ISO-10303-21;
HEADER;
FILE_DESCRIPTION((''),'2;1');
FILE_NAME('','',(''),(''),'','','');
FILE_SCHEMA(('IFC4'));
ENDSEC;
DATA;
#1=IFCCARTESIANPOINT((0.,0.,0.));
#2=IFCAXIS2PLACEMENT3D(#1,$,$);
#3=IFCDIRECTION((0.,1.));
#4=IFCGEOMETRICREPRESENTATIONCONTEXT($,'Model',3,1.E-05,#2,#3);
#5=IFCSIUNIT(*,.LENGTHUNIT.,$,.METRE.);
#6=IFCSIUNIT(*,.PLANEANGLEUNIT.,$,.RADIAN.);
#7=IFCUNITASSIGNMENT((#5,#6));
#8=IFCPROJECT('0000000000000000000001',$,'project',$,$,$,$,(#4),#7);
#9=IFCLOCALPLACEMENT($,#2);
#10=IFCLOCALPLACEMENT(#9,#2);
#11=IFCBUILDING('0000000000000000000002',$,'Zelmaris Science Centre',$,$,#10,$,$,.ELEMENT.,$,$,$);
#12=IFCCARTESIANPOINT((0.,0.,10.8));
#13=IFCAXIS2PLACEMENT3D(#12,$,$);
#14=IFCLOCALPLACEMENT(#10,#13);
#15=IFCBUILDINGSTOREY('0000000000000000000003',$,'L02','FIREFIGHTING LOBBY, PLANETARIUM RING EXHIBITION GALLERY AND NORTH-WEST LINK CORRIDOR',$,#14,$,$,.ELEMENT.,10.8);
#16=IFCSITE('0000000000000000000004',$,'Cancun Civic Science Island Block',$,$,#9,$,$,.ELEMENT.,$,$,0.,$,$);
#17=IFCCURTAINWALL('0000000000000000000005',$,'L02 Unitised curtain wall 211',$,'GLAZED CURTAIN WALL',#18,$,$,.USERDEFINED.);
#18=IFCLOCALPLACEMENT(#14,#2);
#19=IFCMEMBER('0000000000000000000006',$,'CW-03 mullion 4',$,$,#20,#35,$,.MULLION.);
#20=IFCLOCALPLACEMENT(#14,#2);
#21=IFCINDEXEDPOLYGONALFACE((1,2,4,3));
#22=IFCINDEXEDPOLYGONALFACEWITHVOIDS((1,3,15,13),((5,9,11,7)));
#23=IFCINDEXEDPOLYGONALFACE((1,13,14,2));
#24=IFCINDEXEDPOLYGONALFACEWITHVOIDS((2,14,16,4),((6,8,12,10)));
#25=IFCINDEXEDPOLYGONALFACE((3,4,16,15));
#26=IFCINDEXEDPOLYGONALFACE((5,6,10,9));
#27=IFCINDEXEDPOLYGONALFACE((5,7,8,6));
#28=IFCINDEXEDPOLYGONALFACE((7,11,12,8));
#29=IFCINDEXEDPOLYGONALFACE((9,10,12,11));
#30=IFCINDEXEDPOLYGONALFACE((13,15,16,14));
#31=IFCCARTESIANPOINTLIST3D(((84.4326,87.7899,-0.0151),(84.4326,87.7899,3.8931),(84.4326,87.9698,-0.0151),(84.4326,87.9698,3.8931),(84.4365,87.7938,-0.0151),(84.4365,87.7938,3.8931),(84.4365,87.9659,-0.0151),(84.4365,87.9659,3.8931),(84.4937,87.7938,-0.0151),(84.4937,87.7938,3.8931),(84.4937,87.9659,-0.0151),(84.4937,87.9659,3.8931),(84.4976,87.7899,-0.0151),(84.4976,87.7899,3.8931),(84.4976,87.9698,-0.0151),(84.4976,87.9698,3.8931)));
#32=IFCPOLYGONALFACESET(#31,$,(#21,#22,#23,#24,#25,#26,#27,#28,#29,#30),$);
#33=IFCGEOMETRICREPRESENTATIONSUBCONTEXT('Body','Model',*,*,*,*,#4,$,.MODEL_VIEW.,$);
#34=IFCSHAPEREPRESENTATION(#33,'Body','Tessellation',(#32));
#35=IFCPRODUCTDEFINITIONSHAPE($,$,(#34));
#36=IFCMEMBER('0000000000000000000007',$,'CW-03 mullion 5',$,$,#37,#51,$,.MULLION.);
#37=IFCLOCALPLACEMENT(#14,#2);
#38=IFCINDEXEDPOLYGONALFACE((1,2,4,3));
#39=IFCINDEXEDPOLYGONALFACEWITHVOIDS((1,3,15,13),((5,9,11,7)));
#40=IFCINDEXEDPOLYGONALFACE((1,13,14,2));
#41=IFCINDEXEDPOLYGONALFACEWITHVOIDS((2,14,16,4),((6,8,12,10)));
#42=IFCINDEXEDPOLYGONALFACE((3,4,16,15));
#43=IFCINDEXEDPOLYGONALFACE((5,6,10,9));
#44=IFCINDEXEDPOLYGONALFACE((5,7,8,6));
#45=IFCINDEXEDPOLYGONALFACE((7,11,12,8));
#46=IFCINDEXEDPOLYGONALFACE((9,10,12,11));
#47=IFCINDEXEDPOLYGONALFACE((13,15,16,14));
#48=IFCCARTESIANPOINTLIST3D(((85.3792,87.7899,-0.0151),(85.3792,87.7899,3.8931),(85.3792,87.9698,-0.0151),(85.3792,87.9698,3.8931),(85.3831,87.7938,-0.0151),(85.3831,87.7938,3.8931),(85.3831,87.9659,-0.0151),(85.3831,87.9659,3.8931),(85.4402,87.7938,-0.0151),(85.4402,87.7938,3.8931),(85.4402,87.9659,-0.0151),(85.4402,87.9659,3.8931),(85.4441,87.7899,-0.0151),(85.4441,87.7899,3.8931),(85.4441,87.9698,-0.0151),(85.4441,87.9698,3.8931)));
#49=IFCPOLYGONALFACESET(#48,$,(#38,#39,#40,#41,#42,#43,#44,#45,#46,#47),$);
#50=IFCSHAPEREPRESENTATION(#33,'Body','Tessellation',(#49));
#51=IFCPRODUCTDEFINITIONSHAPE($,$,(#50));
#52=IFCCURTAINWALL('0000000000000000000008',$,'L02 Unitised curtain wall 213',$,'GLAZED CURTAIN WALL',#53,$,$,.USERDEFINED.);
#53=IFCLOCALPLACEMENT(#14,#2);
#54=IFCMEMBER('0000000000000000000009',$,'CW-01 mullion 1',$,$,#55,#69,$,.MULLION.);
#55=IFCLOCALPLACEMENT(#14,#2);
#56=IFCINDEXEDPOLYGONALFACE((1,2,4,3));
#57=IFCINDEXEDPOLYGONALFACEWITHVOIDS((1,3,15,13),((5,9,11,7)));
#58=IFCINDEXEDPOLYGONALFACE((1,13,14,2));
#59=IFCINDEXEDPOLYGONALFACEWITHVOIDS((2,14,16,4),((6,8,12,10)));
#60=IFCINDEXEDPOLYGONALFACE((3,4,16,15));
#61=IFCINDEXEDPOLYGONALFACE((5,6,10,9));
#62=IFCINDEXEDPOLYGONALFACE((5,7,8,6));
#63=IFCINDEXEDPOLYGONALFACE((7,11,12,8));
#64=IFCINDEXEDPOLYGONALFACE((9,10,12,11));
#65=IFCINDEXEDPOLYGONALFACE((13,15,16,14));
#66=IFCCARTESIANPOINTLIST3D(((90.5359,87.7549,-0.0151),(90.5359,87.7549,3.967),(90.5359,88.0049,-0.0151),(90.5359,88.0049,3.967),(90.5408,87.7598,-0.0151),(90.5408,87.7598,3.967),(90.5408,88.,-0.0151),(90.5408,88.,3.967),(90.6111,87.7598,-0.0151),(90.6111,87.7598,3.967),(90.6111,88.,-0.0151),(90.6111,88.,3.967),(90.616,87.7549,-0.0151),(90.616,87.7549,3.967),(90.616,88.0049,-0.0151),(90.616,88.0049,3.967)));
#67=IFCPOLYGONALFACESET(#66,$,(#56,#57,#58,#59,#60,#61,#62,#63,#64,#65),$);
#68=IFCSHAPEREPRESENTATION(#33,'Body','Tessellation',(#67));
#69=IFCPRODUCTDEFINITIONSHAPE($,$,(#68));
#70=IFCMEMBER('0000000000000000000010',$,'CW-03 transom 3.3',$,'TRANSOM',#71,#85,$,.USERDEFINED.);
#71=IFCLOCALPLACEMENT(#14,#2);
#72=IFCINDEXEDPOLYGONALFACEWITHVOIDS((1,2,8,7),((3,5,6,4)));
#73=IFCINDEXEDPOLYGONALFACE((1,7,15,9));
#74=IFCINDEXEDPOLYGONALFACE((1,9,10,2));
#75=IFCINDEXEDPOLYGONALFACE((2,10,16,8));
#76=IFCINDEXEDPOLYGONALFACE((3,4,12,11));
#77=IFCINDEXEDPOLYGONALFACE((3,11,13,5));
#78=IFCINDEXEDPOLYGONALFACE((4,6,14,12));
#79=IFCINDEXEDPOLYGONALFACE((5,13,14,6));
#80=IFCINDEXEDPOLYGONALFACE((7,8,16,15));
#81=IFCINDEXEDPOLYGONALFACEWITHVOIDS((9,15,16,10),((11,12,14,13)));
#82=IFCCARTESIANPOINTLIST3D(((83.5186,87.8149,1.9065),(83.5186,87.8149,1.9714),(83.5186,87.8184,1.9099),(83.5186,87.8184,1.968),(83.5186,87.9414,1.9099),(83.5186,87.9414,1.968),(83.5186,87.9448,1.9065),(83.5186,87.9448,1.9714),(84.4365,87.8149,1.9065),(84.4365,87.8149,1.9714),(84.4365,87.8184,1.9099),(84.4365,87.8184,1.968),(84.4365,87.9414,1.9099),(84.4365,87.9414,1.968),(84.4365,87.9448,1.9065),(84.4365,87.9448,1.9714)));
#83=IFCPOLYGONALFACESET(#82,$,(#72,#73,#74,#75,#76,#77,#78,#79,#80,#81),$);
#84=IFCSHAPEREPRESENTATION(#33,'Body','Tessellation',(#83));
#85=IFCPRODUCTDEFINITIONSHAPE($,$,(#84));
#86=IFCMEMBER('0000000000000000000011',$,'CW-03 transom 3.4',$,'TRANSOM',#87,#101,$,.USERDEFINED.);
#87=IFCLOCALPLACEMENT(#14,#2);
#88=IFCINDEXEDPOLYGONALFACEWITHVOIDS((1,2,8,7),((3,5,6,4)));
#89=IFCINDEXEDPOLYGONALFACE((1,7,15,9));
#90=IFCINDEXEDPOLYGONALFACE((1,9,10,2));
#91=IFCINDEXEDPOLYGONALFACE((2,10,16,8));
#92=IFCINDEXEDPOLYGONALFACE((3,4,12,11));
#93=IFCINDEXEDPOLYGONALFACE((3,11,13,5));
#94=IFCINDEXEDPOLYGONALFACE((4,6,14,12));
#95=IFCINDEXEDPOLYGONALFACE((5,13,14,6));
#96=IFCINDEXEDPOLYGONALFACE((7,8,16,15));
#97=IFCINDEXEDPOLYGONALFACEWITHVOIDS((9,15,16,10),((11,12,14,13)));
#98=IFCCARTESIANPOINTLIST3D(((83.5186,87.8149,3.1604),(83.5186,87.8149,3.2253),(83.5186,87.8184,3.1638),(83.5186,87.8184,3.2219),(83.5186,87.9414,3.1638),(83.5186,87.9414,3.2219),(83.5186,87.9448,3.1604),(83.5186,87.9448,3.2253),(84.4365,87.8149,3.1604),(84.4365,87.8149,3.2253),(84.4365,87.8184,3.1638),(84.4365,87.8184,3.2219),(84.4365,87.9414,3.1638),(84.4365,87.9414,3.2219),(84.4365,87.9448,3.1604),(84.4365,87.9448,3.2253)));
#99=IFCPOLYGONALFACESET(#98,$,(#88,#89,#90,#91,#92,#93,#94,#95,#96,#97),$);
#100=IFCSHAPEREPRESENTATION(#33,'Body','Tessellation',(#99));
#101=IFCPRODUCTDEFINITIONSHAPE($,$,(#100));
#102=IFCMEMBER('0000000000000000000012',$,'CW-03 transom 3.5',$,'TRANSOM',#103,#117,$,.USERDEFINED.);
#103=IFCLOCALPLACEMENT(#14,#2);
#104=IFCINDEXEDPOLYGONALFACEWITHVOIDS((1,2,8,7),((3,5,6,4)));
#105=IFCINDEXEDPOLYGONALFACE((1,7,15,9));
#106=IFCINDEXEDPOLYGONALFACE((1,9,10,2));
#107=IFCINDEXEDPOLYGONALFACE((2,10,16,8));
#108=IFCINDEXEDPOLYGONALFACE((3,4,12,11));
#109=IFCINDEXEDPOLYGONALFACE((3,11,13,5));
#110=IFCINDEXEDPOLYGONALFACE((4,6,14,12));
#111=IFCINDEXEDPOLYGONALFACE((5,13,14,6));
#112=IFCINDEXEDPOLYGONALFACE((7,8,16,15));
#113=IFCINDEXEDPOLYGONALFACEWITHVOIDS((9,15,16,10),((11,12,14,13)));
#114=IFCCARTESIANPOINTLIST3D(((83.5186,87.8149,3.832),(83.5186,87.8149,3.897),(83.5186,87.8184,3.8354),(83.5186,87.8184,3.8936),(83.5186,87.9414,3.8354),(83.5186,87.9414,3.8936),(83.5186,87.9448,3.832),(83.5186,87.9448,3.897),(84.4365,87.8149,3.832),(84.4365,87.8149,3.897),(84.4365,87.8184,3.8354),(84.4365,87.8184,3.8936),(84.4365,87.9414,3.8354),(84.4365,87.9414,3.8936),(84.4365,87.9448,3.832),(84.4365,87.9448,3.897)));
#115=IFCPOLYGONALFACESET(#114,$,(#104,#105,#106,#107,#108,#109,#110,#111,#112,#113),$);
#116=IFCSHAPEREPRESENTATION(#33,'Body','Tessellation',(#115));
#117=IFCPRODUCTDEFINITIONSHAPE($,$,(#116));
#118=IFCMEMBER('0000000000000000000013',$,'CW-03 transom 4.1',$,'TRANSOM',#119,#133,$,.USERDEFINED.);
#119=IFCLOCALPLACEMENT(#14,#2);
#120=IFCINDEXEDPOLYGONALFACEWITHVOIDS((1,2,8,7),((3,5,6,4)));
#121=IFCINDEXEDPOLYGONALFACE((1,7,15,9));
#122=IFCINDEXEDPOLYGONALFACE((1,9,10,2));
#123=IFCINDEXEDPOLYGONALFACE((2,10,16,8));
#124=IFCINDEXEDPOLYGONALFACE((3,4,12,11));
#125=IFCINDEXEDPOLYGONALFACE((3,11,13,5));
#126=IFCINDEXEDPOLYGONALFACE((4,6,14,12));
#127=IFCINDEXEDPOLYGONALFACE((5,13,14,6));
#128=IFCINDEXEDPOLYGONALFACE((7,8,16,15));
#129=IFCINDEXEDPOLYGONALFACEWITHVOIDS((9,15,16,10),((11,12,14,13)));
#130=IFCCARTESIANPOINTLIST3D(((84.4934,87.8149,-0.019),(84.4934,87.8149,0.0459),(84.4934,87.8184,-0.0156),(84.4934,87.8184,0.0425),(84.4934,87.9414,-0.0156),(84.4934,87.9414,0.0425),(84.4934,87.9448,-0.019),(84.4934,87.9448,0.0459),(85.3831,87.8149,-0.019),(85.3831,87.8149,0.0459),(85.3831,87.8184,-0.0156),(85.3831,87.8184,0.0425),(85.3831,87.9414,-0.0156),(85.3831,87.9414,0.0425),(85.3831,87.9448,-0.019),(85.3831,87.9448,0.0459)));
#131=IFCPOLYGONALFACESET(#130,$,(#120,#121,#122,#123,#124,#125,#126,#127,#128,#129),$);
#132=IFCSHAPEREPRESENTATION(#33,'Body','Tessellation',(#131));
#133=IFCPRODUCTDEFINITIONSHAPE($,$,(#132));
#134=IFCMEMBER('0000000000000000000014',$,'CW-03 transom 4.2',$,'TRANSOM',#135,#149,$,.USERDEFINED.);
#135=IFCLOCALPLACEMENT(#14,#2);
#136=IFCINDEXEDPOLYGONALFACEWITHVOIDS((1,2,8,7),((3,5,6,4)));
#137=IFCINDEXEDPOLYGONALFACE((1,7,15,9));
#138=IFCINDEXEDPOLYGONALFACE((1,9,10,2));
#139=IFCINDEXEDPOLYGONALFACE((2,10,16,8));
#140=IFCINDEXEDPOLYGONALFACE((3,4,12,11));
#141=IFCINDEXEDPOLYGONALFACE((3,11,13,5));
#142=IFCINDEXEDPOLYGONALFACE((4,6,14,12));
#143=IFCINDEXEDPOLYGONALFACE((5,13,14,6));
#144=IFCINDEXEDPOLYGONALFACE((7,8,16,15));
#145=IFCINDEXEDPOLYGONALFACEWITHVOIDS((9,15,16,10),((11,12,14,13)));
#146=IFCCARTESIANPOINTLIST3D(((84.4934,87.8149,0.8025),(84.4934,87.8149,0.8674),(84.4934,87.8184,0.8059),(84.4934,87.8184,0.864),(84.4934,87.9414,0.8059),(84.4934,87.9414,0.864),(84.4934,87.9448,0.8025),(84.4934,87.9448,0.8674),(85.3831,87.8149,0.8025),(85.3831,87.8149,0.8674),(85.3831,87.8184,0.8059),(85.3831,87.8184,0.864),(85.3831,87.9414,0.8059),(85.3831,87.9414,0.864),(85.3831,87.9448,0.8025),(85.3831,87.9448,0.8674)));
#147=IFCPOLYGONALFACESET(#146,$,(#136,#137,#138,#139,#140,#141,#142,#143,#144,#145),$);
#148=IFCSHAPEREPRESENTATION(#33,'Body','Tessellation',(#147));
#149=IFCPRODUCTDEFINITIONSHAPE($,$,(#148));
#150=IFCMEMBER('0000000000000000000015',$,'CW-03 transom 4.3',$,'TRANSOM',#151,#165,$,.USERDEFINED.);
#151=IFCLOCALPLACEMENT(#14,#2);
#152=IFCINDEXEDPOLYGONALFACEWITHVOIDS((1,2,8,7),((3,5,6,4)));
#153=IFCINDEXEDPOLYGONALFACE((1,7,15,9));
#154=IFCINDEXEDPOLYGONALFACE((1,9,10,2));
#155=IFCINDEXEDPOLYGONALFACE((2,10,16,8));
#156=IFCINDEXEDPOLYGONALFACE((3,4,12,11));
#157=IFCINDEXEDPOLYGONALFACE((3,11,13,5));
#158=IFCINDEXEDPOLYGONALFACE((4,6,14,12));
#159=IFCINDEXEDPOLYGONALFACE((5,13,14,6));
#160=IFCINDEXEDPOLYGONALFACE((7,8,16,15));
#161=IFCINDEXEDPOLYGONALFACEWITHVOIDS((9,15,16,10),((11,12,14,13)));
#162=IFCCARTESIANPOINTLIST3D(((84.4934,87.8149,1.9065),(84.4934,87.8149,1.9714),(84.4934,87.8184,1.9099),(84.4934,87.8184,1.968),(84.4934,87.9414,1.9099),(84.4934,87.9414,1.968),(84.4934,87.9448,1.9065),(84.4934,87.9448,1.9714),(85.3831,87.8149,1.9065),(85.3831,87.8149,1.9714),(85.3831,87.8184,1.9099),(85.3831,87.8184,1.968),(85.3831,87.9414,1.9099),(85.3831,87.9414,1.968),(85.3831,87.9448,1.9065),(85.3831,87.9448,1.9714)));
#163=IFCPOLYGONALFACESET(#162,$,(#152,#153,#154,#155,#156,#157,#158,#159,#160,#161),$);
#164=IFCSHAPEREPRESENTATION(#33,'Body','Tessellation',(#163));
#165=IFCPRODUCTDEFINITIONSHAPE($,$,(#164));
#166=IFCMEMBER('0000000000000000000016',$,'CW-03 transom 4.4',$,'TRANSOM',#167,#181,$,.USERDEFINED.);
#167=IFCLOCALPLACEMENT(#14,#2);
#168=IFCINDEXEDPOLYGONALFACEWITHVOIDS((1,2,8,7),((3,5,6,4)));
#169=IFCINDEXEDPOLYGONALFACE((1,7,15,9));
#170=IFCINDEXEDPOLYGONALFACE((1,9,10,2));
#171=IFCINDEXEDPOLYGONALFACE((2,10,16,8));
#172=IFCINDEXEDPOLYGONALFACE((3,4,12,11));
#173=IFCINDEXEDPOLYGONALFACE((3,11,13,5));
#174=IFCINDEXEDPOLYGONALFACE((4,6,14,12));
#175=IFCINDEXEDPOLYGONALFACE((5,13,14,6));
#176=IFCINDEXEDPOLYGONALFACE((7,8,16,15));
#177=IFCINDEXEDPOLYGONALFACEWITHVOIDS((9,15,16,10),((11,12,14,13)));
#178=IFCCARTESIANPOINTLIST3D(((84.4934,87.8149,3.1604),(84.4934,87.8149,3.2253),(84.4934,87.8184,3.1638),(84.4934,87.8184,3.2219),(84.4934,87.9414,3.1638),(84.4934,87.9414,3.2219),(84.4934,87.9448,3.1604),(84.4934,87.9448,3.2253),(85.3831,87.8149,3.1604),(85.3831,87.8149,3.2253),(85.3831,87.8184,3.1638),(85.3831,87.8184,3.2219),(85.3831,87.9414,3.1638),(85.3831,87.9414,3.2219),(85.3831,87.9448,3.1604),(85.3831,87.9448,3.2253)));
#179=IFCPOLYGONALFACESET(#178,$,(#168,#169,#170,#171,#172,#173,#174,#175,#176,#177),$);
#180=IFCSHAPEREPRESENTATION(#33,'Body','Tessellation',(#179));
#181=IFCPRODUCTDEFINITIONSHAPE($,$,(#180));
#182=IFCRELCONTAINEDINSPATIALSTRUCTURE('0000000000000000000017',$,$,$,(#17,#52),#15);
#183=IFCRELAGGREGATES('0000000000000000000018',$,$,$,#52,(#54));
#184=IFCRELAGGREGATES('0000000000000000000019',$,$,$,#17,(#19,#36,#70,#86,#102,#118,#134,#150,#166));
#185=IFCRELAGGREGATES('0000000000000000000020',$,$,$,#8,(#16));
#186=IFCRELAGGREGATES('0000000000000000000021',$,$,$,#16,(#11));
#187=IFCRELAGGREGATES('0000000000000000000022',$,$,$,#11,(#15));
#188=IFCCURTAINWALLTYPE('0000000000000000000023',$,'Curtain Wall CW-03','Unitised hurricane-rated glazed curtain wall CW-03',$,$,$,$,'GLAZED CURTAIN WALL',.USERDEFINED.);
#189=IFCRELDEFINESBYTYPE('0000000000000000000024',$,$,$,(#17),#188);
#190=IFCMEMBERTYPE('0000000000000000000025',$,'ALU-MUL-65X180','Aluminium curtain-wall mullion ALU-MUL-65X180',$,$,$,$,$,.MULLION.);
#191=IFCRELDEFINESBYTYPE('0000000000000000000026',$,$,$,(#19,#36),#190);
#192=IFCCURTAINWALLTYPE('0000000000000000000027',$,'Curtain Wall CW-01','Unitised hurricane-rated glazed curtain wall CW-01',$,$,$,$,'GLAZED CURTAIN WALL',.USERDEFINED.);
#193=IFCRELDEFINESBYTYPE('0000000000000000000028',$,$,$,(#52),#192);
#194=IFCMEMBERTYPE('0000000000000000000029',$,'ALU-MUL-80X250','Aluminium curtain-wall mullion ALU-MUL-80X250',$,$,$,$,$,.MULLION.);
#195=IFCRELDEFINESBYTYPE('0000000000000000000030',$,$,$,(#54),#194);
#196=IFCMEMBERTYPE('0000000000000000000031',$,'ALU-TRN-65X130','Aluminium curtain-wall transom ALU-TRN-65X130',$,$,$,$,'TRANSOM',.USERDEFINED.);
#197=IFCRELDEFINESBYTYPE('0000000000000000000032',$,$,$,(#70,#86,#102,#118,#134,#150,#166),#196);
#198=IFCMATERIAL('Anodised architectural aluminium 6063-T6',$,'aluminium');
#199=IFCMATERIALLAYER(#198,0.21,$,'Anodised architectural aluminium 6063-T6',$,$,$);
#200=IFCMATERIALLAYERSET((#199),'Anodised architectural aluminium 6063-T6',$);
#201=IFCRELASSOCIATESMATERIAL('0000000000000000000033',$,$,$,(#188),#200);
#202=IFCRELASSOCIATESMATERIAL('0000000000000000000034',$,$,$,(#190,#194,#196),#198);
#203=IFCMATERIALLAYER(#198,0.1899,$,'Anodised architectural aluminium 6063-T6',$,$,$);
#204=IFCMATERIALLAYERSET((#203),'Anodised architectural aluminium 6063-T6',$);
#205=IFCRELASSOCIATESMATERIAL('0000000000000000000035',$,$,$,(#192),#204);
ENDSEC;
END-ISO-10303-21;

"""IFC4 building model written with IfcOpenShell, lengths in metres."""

from ifc_helpers import new_model, si_unit, direction, frame, origin, origin_2d, place, context, subcontext, project, spatial, hollow_rectangle, extrude, material, layer, layer_set, material_profile, profile_set, type_object, element, aggregate, save


model = new_model("IFC4")

# Units and contexts
model_context = context("Model", 3, precision=1e-05, world=origin(), true_north=direction((0.0, 1.0)))
body_context = subcontext(model_context, "Body", "Model", "MODEL_VIEW")
ifc_project = project(units=[si_unit("LENGTHUNIT", "METRE"), si_unit("PLANEANGLEUNIT", "RADIAN")], contexts=[model_context])

# Site, building, storey
site_placement = place(None, origin())
site = spatial("IfcSite", under=ifc_project, at=site_placement, Name="Cancun Civic Science Island Block", CompositionType="ELEMENT", RefElevation=0.0)
building_placement = place(site_placement, origin())
building = spatial("IfcBuilding", under=site, at=building_placement, Name="Zelmaris Science Centre", CompositionType="ELEMENT")
storey_placement = place(building_placement, frame((0.0, 0.0, 10.8)))
storey = spatial("IfcBuildingStorey", under=building, at=storey_placement, Name="L02", Description="FIREFIGHTING LOBBY, PLANETARIUM RING EXHIBITION GALLERY AND NORTH-WEST LINK CORRIDOR", CompositionType="ELEMENT", Elevation=10.8)

# Curtain wall, members
ifc_material_1 = material(Name="Anodised architectural aluminium 6063-T6", Category="aluminium")
ifc_layer_1 = layer(ifc_material_1, 0.21, Name="Anodised architectural aluminium 6063-T6")
ifc_layer_set_1 = layer_set([ifc_layer_1], Name="Anodised architectural aluminium 6063-T6")
curtain_wall_type_1 = type_object("IfcCurtainWallType", Name="Curtain Wall CW-03", Description="Unitised hurricane-rated glazed curtain wall CW-03", ElementType="GLAZED CURTAIN WALL", PredefinedType="USERDEFINED", material=ifc_layer_set_1)
curtain_wall_1_placement = place(storey_placement, origin())
curtain_wall_1 = element("IfcCurtainWall", 1, at=curtain_wall_1_placement, inside=storey, type_object=curtain_wall_type_1, Name="L02 Unitised curtain wall 211", ObjectType="GLAZED CURTAIN WALL", PredefinedType="USERDEFINED")
ifc_material_profile_1 = material_profile(ifc_material_1, hollow_rectangle(XDim=0.0649, YDim=0.1799, WallThickness=0.0039, at=origin_2d()), Name="ALU-MUL-65X180")
ifc_profile_set_1 = profile_set([ifc_material_profile_1], Name="Anodised architectural aluminium 6063-T6")
member_type_1 = type_object("IfcMemberType", Name="ALU-MUL-65X180", Description="Aluminium curtain-wall mullion ALU-MUL-65X180", PredefinedType="MULLION", material=ifc_profile_set_1)
member_1_placement = place(storey_placement, frame((84.4651, 87.8799, -0.0151), z_axis=(0.0, 0.0, 1.0), x_axis=(1.0, 0.0, 0.0)))
member_1 = element("IfcMember", 2, at=member_1_placement, type_object=member_type_1, Name="CW-03 mullion 4", PredefinedType="MULLION", context=body_context, shape_type="SweptSolid", body=[
    extrude(hollow_rectangle(XDim=0.0649, YDim=0.1799, WallThickness=0.0039, at=origin_2d()), origin(), (0.0, 0.0, 1.0), 3.9082),
])
member_2_placement = place(storey_placement, frame((85.4116, 87.8799, -0.0151), z_axis=(0.0, 0.0, 1.0), x_axis=(1.0, 0.0, 0.0)))
member_2 = element("IfcMember", 3, at=member_2_placement, type_object=member_type_1, Name="CW-03 mullion 5", PredefinedType="MULLION", context=body_context, shape_type="SweptSolid", body=[
    extrude(hollow_rectangle(XDim=0.0649, YDim=0.1799, WallThickness=0.0039, at=origin_2d()), origin(), (0.0, 0.0, 1.0), 3.9082),
])

# Curtain wall, member
ifc_layer_2 = layer(ifc_material_1, 0.1899, Name="Anodised architectural aluminium 6063-T6")
ifc_layer_set_2 = layer_set([ifc_layer_2], Name="Anodised architectural aluminium 6063-T6")
curtain_wall_type_2 = type_object("IfcCurtainWallType", Name="Curtain Wall CW-01", Description="Unitised hurricane-rated glazed curtain wall CW-01", ElementType="GLAZED CURTAIN WALL", PredefinedType="USERDEFINED", material=ifc_layer_set_2)
curtain_wall_2_placement = place(storey_placement, origin())
curtain_wall_2 = element("IfcCurtainWall", 4, at=curtain_wall_2_placement, inside=storey, type_object=curtain_wall_type_2, Name="L02 Unitised curtain wall 213", ObjectType="GLAZED CURTAIN WALL", PredefinedType="USERDEFINED")
ifc_material_profile_2 = material_profile(ifc_material_1, hollow_rectangle(XDim=0.0801, YDim=0.25, WallThickness=0.0049, at=origin_2d()), Name="ALU-MUL-80X250")
ifc_profile_set_2 = profile_set([ifc_material_profile_2], Name="Anodised architectural aluminium 6063-T6")
member_type_2 = type_object("IfcMemberType", Name="ALU-MUL-80X250", Description="Aluminium curtain-wall mullion ALU-MUL-80X250", PredefinedType="MULLION", material=ifc_profile_set_2)
member_3_placement = place(storey_placement, frame((90.5759, 87.8799, -0.0151), z_axis=(0.0, 0.0, 1.0), x_axis=(1.0, 0.0, 0.0)))
member_3 = element("IfcMember", 5, at=member_3_placement, type_object=member_type_2, Name="CW-01 mullion 1", PredefinedType="MULLION", context=body_context, shape_type="SweptSolid", body=[
    extrude(hollow_rectangle(XDim=0.0801, YDim=0.25, WallThickness=0.0049, at=origin_2d()), origin(), (0.0, 0.0, 1.0), 3.9822),
])

# Members
ifc_material_profile_3 = material_profile(ifc_material_1, hollow_rectangle(XDim=0.0649, YDim=0.1299, WallThickness=0.0034, at=origin_2d()), Name="ALU-TRN-65X130")
ifc_profile_set_3 = profile_set([ifc_material_profile_3], Name="Anodised architectural aluminium 6063-T6")
member_type_3 = type_object("IfcMemberType", Name="ALU-TRN-65X130", Description="Aluminium curtain-wall transom ALU-TRN-65X130", ElementType="TRANSOM", PredefinedType="USERDEFINED", material=ifc_profile_set_3)
member_4_placement = place(storey_placement, frame((83.5186, 87.8799, 1.939), z_axis=(1.0, 0.0, 0.0), x_axis=(0.0, 0.0, 1.0)))
member_4 = element("IfcMember", 6, at=member_4_placement, type_object=member_type_3, Name="CW-03 transom 3.3", ObjectType="TRANSOM", PredefinedType="USERDEFINED", context=body_context, shape_type="SweptSolid", body=[
    extrude(hollow_rectangle(XDim=0.0649, YDim=0.1299, WallThickness=0.0034, at=origin_2d()), origin(), (0.0, 0.0, 1.0), 0.918),
])
member_5_placement = place(storey_placement, frame((83.5186, 87.8799, 3.1929), z_axis=(1.0, 0.0, 0.0), x_axis=(0.0, 0.0, 1.0)))
member_5 = element("IfcMember", 7, at=member_5_placement, type_object=member_type_3, Name="CW-03 transom 3.4", ObjectType="TRANSOM", PredefinedType="USERDEFINED", context=body_context, shape_type="SweptSolid", body=[
    extrude(hollow_rectangle(XDim=0.0649, YDim=0.1299, WallThickness=0.0034, at=origin_2d()), origin(), (0.0, 0.0, 1.0), 0.918),
])
member_6_placement = place(storey_placement, frame((83.5186, 87.8799, 3.8645), z_axis=(1.0, 0.0, 0.0), x_axis=(0.0, 0.0, 1.0)))
member_6 = element("IfcMember", 8, at=member_6_placement, type_object=member_type_3, Name="CW-03 transom 3.5", ObjectType="TRANSOM", PredefinedType="USERDEFINED", context=body_context, shape_type="SweptSolid", body=[
    extrude(hollow_rectangle(XDim=0.0649, YDim=0.1299, WallThickness=0.0034, at=origin_2d()), origin(), (0.0, 0.0, 1.0), 0.918),
])
member_7_placement = place(storey_placement, frame((84.4934, 87.8799, 0.0134), z_axis=(1.0, 0.0, 0.0), x_axis=(0.0, 0.0, 1.0)))
member_7 = element("IfcMember", 9, at=member_7_placement, type_object=member_type_3, Name="CW-03 transom 4.1", ObjectType="TRANSOM", PredefinedType="USERDEFINED", context=body_context, shape_type="SweptSolid", body=[
    extrude(hollow_rectangle(XDim=0.0649, YDim=0.1299, WallThickness=0.0034, at=origin_2d()), origin(), (0.0, 0.0, 1.0), 0.8896),
])
member_8_placement = place(storey_placement, frame((84.4934, 87.8799, 0.835), z_axis=(1.0, 0.0, 0.0), x_axis=(0.0, 0.0, 1.0)))
member_8 = element("IfcMember", 10, at=member_8_placement, type_object=member_type_3, Name="CW-03 transom 4.2", ObjectType="TRANSOM", PredefinedType="USERDEFINED", context=body_context, shape_type="SweptSolid", body=[
    extrude(hollow_rectangle(XDim=0.0649, YDim=0.1299, WallThickness=0.0034, at=origin_2d()), origin(), (0.0, 0.0, 1.0), 0.8896),
])
member_9_placement = place(storey_placement, frame((84.4934, 87.8799, 1.939), z_axis=(1.0, 0.0, 0.0), x_axis=(0.0, 0.0, 1.0)))
member_9 = element("IfcMember", 11, at=member_9_placement, type_object=member_type_3, Name="CW-03 transom 4.3", ObjectType="TRANSOM", PredefinedType="USERDEFINED", context=body_context, shape_type="SweptSolid", body=[
    extrude(hollow_rectangle(XDim=0.0649, YDim=0.1299, WallThickness=0.0034, at=origin_2d()), origin(), (0.0, 0.0, 1.0), 0.8896),
])
member_10_placement = place(storey_placement, frame((84.4934, 87.8799, 3.1929), z_axis=(1.0, 0.0, 0.0), x_axis=(0.0, 0.0, 1.0)))
member_10 = element("IfcMember", 12, at=member_10_placement, type_object=member_type_3, Name="CW-03 transom 4.4", ObjectType="TRANSOM", PredefinedType="USERDEFINED", context=body_context, shape_type="SweptSolid", body=[
    extrude(hollow_rectangle(XDim=0.0649, YDim=0.1299, WallThickness=0.0034, at=origin_2d()), origin(), (0.0, 0.0, 1.0), 0.8896),
])
aggregate(curtain_wall_2, [member_3])

aggregate(curtain_wall_1, [member_1, member_2, member_4, member_5, member_6, member_7, member_8, member_9, member_10])

save(model, "model.ifc")
